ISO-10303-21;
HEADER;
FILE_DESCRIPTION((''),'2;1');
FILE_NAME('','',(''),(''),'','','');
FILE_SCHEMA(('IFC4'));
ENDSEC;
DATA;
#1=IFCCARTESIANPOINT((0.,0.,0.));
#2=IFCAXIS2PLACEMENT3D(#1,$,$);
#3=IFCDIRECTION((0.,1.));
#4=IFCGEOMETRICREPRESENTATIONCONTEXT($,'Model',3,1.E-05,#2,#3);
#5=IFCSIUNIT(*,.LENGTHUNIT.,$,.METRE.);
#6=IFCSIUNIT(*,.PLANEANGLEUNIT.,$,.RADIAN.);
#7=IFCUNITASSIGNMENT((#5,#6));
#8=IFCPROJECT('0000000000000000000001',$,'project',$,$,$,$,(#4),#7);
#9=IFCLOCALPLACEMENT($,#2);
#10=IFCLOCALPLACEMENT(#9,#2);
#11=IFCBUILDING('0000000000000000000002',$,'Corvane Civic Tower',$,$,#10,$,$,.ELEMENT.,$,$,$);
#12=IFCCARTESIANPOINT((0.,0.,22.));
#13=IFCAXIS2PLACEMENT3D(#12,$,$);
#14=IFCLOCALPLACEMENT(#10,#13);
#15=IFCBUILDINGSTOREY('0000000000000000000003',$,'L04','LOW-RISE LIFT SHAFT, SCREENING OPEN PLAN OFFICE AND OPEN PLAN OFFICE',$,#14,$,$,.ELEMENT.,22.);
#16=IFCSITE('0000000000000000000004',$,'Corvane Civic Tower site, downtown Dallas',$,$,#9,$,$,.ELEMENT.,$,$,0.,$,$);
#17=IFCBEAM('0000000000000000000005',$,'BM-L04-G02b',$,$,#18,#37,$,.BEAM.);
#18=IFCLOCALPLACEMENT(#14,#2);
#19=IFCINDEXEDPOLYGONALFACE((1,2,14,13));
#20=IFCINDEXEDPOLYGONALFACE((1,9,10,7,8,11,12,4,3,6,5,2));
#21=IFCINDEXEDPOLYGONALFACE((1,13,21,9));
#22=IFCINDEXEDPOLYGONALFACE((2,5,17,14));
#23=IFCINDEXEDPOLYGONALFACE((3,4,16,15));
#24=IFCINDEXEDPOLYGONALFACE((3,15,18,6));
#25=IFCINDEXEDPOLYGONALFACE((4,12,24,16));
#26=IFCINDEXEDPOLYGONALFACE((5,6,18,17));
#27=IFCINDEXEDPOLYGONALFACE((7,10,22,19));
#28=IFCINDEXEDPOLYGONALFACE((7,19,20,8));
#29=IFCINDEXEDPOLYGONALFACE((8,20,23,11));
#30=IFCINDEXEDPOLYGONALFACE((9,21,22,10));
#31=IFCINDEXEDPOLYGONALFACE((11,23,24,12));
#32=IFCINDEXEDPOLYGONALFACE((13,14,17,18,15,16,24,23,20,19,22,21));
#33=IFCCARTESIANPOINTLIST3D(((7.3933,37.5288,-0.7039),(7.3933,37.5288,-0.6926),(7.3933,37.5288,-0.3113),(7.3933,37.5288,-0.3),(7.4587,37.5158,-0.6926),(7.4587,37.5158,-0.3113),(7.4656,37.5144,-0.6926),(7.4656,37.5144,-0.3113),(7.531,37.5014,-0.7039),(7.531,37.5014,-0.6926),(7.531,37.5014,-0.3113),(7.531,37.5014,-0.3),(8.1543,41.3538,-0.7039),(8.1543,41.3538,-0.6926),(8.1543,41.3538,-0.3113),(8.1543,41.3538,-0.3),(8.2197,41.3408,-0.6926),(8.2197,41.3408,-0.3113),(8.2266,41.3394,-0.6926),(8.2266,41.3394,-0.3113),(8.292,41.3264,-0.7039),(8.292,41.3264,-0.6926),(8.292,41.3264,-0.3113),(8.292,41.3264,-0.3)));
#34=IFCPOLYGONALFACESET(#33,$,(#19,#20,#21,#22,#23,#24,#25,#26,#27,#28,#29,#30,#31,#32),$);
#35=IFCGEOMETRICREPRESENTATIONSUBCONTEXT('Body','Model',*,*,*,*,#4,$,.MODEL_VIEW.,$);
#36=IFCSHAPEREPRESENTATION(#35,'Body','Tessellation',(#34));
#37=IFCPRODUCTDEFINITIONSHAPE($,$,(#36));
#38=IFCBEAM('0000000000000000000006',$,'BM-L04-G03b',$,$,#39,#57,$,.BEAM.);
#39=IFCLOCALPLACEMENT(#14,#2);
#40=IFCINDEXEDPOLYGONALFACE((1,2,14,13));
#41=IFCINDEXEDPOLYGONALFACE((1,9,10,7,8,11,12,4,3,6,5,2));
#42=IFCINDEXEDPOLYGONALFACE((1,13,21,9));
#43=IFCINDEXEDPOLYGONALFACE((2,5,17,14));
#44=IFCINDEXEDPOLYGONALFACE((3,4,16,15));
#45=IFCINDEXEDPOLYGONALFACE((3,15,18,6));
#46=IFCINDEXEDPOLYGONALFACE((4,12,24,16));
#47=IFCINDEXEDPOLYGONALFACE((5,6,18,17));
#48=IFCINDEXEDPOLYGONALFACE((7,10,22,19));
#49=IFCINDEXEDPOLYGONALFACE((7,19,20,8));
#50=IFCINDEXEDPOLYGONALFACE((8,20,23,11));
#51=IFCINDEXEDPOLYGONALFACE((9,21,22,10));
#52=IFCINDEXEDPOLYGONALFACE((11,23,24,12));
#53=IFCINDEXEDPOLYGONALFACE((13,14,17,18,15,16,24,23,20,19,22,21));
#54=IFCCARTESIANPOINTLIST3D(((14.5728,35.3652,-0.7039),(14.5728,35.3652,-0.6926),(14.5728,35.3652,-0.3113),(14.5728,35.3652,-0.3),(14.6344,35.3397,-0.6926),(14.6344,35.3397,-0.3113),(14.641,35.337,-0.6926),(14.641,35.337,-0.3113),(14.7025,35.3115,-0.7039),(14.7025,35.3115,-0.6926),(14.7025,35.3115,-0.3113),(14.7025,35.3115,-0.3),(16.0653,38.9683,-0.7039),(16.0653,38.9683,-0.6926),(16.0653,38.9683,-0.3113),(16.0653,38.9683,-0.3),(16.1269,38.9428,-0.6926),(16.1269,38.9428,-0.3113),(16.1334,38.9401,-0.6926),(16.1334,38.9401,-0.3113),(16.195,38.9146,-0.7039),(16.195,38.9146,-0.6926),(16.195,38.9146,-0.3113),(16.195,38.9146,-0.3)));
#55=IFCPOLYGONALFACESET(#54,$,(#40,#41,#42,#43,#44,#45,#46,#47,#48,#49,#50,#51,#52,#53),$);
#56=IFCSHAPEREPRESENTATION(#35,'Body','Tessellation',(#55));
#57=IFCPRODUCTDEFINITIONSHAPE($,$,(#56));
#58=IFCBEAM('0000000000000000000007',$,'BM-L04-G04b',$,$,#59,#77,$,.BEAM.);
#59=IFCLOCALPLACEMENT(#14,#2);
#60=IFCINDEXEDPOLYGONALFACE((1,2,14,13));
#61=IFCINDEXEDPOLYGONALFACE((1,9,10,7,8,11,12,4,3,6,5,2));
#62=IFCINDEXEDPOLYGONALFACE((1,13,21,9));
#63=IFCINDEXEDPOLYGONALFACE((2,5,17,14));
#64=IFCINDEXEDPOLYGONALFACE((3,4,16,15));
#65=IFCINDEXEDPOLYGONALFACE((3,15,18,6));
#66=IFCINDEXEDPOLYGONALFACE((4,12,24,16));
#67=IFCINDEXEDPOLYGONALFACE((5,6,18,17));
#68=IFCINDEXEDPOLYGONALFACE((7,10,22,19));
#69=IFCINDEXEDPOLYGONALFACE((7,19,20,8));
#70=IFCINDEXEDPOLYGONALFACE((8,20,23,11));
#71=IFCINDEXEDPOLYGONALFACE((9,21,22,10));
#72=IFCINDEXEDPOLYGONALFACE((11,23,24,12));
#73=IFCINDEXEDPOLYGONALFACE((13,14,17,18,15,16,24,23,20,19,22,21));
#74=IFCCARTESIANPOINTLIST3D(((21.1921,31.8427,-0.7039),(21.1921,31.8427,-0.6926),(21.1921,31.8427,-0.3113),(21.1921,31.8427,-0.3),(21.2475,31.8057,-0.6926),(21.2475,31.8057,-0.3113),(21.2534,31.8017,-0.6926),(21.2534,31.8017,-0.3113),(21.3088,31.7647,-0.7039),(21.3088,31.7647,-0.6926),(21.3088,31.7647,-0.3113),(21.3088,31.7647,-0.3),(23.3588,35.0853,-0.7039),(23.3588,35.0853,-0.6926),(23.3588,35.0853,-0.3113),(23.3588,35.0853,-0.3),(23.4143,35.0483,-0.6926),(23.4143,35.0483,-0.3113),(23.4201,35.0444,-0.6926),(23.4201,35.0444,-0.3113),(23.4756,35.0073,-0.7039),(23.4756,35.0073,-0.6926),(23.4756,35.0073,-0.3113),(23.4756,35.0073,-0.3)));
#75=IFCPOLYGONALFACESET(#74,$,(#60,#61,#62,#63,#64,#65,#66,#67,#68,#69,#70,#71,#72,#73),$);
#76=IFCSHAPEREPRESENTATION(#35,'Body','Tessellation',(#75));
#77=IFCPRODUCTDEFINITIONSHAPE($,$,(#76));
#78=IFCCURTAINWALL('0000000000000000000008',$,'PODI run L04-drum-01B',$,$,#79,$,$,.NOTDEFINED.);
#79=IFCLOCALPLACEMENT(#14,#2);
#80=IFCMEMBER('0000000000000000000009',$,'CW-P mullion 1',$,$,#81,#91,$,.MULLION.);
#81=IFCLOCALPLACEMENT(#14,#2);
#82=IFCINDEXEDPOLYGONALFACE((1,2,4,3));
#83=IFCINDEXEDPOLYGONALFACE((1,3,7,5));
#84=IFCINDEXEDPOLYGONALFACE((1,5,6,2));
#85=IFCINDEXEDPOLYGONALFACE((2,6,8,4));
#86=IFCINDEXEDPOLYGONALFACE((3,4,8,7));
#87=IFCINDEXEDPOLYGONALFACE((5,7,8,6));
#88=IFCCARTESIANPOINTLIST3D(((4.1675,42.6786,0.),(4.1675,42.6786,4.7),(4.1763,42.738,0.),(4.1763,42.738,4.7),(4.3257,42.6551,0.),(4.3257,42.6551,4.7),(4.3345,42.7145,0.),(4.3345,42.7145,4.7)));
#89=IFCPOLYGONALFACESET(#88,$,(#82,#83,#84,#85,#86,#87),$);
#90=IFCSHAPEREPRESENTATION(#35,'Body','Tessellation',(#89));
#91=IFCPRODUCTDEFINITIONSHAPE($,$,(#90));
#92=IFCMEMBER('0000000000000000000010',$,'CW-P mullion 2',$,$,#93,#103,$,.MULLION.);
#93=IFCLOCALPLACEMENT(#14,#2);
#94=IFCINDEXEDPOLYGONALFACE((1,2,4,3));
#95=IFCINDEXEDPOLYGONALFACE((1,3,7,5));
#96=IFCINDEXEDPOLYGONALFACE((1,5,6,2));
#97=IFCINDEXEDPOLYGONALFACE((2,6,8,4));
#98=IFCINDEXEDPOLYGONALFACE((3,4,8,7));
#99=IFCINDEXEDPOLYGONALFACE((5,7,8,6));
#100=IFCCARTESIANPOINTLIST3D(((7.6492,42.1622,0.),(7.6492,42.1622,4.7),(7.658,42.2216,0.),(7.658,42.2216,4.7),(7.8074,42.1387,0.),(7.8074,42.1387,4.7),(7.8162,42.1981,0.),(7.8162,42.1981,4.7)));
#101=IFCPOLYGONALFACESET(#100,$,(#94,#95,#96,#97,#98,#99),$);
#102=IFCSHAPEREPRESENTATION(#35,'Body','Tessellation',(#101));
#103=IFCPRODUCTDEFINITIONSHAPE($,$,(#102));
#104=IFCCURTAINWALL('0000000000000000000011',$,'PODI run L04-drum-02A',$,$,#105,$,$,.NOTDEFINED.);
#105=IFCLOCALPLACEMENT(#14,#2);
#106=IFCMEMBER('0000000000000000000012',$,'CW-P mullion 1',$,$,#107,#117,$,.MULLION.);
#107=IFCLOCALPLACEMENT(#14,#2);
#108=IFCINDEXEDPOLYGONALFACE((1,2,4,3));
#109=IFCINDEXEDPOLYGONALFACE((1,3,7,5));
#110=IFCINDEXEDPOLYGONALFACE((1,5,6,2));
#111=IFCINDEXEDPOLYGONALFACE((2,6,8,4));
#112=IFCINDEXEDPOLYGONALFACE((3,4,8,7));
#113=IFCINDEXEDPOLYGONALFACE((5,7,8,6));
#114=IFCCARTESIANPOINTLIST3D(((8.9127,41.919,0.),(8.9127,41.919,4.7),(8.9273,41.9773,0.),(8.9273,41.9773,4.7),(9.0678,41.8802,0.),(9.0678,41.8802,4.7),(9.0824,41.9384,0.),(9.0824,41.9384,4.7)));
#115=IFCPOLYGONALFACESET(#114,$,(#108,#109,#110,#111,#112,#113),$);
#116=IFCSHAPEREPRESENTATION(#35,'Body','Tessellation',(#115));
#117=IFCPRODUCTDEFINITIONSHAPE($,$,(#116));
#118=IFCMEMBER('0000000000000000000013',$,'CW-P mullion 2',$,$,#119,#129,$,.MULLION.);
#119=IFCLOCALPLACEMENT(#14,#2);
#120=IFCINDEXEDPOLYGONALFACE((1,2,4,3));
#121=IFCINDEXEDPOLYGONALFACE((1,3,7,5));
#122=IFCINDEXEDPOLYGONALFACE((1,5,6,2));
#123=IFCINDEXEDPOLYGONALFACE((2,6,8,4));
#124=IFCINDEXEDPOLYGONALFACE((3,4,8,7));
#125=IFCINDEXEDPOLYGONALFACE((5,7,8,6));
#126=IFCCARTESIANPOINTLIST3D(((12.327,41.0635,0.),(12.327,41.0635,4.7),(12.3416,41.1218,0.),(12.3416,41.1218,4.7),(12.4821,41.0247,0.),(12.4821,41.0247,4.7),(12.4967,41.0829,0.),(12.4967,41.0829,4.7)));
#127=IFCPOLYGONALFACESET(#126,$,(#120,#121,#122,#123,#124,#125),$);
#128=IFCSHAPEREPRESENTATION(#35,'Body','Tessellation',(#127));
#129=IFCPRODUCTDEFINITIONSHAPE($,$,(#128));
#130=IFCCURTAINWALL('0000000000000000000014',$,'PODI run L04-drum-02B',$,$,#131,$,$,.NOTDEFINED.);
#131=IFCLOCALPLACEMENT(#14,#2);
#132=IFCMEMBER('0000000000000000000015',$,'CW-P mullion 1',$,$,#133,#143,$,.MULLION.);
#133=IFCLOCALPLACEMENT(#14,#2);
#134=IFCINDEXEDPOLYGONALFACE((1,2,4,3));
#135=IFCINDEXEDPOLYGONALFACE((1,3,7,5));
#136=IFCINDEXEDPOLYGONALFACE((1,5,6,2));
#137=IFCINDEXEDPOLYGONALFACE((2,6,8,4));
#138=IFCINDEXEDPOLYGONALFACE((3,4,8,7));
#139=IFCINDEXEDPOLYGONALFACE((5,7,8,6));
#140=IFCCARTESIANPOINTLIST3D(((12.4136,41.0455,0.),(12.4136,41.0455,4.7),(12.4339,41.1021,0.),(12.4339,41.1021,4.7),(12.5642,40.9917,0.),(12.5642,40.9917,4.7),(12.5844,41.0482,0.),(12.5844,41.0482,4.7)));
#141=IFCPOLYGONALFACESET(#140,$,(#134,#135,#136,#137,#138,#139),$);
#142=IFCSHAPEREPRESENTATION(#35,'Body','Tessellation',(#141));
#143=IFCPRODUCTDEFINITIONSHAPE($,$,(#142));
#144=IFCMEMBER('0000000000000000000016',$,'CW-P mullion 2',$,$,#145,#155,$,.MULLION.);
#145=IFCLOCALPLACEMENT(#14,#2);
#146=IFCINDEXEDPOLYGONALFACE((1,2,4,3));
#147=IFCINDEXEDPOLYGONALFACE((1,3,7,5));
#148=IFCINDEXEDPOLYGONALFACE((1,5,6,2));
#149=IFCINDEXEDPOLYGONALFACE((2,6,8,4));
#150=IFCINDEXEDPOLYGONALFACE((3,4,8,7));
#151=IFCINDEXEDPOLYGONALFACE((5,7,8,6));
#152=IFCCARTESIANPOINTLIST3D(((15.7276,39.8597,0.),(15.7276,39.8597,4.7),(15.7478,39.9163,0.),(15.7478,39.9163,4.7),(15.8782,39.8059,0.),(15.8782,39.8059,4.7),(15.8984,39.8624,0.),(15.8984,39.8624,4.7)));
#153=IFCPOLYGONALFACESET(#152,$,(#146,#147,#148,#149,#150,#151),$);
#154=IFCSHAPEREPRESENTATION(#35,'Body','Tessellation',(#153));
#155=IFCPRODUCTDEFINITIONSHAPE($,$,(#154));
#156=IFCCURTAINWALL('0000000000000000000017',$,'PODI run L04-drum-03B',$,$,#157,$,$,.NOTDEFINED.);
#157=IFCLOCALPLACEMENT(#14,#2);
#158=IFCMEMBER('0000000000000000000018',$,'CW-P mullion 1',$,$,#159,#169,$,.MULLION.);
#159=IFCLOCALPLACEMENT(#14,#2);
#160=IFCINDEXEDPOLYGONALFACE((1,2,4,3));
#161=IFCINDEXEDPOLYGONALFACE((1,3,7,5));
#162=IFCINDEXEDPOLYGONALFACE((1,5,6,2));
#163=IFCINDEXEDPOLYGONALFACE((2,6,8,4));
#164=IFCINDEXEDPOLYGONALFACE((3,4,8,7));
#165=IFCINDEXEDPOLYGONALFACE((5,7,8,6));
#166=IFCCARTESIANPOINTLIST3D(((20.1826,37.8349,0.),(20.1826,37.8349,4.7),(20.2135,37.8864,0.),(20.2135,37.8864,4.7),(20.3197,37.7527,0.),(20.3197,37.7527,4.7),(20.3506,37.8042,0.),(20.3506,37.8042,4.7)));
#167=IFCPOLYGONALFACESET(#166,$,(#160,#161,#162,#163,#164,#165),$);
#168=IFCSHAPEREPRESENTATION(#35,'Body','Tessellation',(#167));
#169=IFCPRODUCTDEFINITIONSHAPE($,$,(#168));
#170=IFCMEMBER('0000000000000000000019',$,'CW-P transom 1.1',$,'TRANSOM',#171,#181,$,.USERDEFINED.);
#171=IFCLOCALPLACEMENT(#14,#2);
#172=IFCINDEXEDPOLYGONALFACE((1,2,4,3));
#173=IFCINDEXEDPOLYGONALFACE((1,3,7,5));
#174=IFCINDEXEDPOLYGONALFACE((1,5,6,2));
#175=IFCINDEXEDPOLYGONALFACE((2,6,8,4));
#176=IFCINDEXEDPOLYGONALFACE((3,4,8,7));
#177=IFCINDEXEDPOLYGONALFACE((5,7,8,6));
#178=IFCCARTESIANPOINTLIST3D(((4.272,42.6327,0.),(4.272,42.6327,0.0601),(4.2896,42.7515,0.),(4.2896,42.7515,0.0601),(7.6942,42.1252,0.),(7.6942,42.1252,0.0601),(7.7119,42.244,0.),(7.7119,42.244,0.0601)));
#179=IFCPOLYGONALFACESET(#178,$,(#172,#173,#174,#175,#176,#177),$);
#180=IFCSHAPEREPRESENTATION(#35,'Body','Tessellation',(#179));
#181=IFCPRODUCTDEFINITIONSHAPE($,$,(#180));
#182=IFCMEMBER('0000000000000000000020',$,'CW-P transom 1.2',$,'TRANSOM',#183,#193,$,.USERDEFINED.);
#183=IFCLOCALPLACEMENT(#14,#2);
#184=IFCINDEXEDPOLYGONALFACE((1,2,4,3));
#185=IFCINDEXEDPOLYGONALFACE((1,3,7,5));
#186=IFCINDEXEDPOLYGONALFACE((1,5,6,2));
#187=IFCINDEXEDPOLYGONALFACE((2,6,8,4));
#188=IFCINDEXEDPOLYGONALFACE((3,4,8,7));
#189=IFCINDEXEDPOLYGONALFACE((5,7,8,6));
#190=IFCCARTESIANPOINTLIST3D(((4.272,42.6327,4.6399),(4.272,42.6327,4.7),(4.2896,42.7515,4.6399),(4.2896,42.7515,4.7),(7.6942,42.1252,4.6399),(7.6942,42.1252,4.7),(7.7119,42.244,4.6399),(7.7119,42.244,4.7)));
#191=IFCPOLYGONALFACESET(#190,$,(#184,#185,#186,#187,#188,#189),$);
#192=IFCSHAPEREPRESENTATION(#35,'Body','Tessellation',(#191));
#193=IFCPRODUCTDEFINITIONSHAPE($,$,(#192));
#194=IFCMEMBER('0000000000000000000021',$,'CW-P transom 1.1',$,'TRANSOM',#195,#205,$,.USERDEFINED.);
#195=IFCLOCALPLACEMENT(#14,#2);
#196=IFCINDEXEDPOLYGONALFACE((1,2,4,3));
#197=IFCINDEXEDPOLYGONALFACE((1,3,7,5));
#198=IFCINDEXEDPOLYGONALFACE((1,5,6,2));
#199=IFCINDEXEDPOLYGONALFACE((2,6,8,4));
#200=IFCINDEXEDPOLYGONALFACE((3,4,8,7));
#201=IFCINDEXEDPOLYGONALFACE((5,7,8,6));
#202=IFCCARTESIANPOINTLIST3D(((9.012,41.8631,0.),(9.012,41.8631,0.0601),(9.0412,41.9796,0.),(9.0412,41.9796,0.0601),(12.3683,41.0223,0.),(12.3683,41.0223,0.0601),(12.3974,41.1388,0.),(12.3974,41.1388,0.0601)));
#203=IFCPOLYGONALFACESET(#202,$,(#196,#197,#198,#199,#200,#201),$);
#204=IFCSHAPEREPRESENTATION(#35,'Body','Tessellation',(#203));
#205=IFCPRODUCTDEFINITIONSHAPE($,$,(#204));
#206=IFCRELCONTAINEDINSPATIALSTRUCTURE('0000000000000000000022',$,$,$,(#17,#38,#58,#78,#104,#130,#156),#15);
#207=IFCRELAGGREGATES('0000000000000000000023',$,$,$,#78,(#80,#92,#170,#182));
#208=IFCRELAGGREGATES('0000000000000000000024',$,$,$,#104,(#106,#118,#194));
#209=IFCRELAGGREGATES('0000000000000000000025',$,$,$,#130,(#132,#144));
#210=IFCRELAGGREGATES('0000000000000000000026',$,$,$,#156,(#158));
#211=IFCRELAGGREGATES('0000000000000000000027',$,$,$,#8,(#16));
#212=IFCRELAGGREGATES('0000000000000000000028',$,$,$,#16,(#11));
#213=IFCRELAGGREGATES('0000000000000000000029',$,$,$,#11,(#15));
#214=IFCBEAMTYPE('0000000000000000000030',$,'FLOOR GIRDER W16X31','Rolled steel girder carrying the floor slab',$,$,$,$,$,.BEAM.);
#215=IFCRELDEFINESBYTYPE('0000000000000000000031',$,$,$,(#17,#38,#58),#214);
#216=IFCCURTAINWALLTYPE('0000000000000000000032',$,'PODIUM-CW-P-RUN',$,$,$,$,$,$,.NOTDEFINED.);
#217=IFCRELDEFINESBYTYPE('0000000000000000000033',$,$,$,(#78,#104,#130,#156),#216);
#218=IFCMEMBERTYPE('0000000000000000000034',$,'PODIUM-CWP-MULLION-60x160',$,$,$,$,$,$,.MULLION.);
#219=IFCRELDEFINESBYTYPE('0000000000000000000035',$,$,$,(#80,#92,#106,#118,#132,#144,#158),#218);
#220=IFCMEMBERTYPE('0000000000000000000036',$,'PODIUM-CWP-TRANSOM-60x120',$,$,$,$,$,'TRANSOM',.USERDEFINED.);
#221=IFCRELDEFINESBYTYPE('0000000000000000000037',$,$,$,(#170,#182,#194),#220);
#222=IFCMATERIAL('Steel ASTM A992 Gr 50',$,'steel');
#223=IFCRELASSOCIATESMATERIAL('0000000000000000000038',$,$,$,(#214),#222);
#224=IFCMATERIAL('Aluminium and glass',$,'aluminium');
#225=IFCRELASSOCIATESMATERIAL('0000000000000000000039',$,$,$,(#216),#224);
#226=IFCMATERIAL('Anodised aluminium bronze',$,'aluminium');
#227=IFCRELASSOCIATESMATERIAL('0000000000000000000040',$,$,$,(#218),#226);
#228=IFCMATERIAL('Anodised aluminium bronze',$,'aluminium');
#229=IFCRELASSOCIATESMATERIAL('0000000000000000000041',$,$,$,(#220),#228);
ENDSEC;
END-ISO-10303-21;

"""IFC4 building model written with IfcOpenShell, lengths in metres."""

from ifc_helpers import new_model, si_unit, direction, frame, origin, origin_2d, place, context, subcontext, project, spatial, rectangle, i_section, extrude, material, material_profile, profile_set, type_object, element, aggregate, save


model = new_model("IFC4")

# Units and contexts
model_context = context("Model", 3, precision=1e-05, world=origin(), true_north=direction((0.0, 1.0)))
body_context = subcontext(model_context, "Body", "Model", "MODEL_VIEW")
ifc_project = project(units=[si_unit("LENGTHUNIT", "METRE"), si_unit("PLANEANGLEUNIT", "RADIAN")], contexts=[model_context])

# Site, building, storey
site_placement = place(None, origin())
site = spatial("IfcSite", under=ifc_project, at=site_placement, Name="Corvane Civic Tower site, downtown Dallas", CompositionType="ELEMENT", RefElevation=0.0)
building_placement = place(site_placement, origin())
building = spatial("IfcBuilding", under=site, at=building_placement, Name="Corvane Civic Tower", CompositionType="ELEMENT")
storey_placement = place(building_placement, frame((0.0, 0.0, 22.0)))
storey = spatial("IfcBuildingStorey", under=building, at=storey_placement, Name="L04", Description="LOW-RISE LIFT SHAFT, SCREENING OPEN PLAN OFFICE AND OPEN PLAN OFFICE", CompositionType="ELEMENT", Elevation=22.0)

# Beams
ifc_material_1 = material(Name="Steel ASTM A992 Gr 50", Category="steel")
ifc_material_profile_1 = material_profile(ifc_material_1, i_section(OverallWidth=0.1404, OverallDepth=0.4038, WebThickness=0.0071, FlangeThickness=0.0112, at=origin_2d()), Name="W16X31")
ifc_profile_set_1 = profile_set([ifc_material_profile_1], Name="Steel ASTM A992 Gr 50")
beam_type_1 = type_object("IfcBeamType", Name="FLOOR GIRDER W16X31", Description="Rolled steel girder carrying the floor slab", PredefinedType="BEAM", material=ifc_profile_set_1)
for number, where, z_axis, x_axis, name in (
    (1, (7.4622, 37.5151, -0.502), (0.195129, 0.980778, 0.0), (-0.980778, 0.195129, 0.0), "BM-L04-G02b"),
    (2, (14.6377, 35.3384, -0.502), (0.382685, 0.923879, 0.0), (-0.923879, 0.382685, 0.0), "BM-L04-G03b"),
    (3, (21.2505, 31.8037, -0.502), (0.555581, 0.831462, 0.0), (-0.831462, 0.555581, 0.0), "BM-L04-G04b"),
):
    element("IfcBeam", number, at=place(storey_placement, frame(where, z_axis=z_axis, x_axis=x_axis)), inside=storey, type_object=beam_type_1, Name=name, PredefinedType="BEAM", context=body_context, shape_type="SweptSolid", body=[
        extrude(i_section(OverallWidth=0.1404, OverallDepth=0.4038, WebThickness=0.0071, FlangeThickness=0.0112, at=origin_2d()), origin(), (0.0, 0.0, 1.0), 3.8999),
    ])

# Curtain walls, members
ifc_material_2 = material(Name="Aluminium and glass", Category="aluminium")
curtain_wall_type = type_object("IfcCurtainWallType", Name="PODIUM-CW-P-RUN", PredefinedType="NOTDEFINED", material=ifc_material_2)
curtain_wall_1_placement = place(storey_placement, origin())
curtain_wall_1 = element("IfcCurtainWall", 4, at=curtain_wall_1_placement, inside=storey, type_object=curtain_wall_type, Name="PODI run L04-drum-01B", PredefinedType="NOTDEFINED")
ifc_material_3 = material(Name="Anodised aluminium bronze", Category="aluminium")
ifc_material_profile_2 = material_profile(ifc_material_3, rectangle(XDim=0.0601, YDim=0.1599, at=origin_2d()), Name="AL 60x160")
ifc_profile_set_2 = profile_set([ifc_material_profile_2], Name="Anodised aluminium bronze")
member_type_1 = type_object("IfcMemberType", Name="PODIUM-CWP-MULLION-60x160", PredefinedType="MULLION", material=ifc_profile_set_2)
member_1_placement = place(storey_placement, frame((4.251, 42.6965, 0.0), z_axis=(0.0, 0.0, 1.0), x_axis=(0.146715, 0.989179, 0.0)))
member_1 = element("IfcMember", 5, at=member_1_placement, type_object=member_type_1, Name="CW-P mullion 1", PredefinedType="MULLION", context=body_context, shape_type="SweptSolid", body=[
    extrude(rectangle(XDim=0.0601, YDim=0.1599, at=origin_2d()), origin(), (0.0, 0.0, 1.0), 4.7),
])
member_2_placement = place(storey_placement, frame((7.7327, 42.1802, 0.0), z_axis=(0.0, 0.0, 1.0), x_axis=(0.146715, 0.989179, 0.0)))
member_2 = element("IfcMember", 6, at=member_2_placement, type_object=member_type_1, Name="CW-P mullion 2", PredefinedType="MULLION", context=body_context, shape_type="SweptSolid", body=[
    extrude(rectangle(XDim=0.0601, YDim=0.1599, at=origin_2d()), origin(), (0.0, 0.0, 1.0), 4.7),
])
curtain_wall_2_placement = place(storey_placement, origin())
curtain_wall_2 = element("IfcCurtainWall", 7, at=curtain_wall_2_placement, inside=storey, type_object=curtain_wall_type, Name="PODI run L04-drum-02A", PredefinedType="NOTDEFINED")
member_3_placement = place(storey_placement, frame((8.9976, 41.9287, 0.0), z_axis=(0.0, 0.0, 1.0), x_axis=(0.243009, 0.970024, 0.0)))
member_3 = element("IfcMember", 8, at=member_3_placement, type_object=member_type_1, Name="CW-P mullion 1", PredefinedType="MULLION", context=body_context, shape_type="SweptSolid", body=[
    extrude(rectangle(XDim=0.0601, YDim=0.1599, at=origin_2d()), origin(), (0.0, 0.0, 1.0), 4.7),
])
member_4_placement = place(storey_placement, frame((12.4119, 41.0732, 0.0), z_axis=(0.0, 0.0, 1.0), x_axis=(0.243009, 0.970024, 0.0)))
member_4 = element("IfcMember", 9, at=member_4_placement, type_object=member_type_1, Name="CW-P mullion 2", PredefinedType="MULLION", context=body_context, shape_type="SweptSolid", body=[
    extrude(rectangle(XDim=0.0601, YDim=0.1599, at=origin_2d()), origin(), (0.0, 0.0, 1.0), 4.7),
])
curtain_wall_3_placement = place(storey_placement, origin())
curtain_wall_3 = element("IfcCurtainWall", 10, at=curtain_wall_3_placement, inside=storey, type_object=curtain_wall_type, Name="PODI run L04-drum-02B", PredefinedType="NOTDEFINED")
member_5_placement = place(storey_placement, frame((12.499, 41.0469, 0.0), z_axis=(0.0, 0.0, 1.0), x_axis=(0.336919, 0.941534, 0.0)))
member_5 = element("IfcMember", 11, at=member_5_placement, type_object=member_type_1, Name="CW-P mullion 1", PredefinedType="MULLION", context=body_context, shape_type="SweptSolid", body=[
    extrude(rectangle(XDim=0.0601, YDim=0.1599, at=origin_2d()), origin(), (0.0, 0.0, 1.0), 4.7),
])
member_6_placement = place(storey_placement, frame((15.813, 39.8611, 0.0), z_axis=(0.0, 0.0, 1.0), x_axis=(0.336919, 0.941534, 0.0)))
member_6 = element("IfcMember", 12, at=member_6_placement, type_object=member_type_1, Name="CW-P mullion 2", PredefinedType="MULLION", context=body_context, shape_type="SweptSolid", body=[
    extrude(rectangle(XDim=0.0601, YDim=0.1599, at=origin_2d()), origin(), (0.0, 0.0, 1.0), 4.7),
])

# Curtain wall, member
curtain_wall_4_placement = place(storey_placement, origin())
curtain_wall_4 = element("IfcCurtainWall", 13, at=curtain_wall_4_placement, inside=storey, type_object=curtain_wall_type, Name="PODI run L04-drum-03B", PredefinedType="NOTDEFINED")
member_7_placement = place(storey_placement, frame((20.2666, 37.8196, 0.0), z_axis=(0.0, 0.0, 1.0), x_axis=(0.514118, 0.85772, 0.0)))
member_7 = element("IfcMember", 14, at=member_7_placement, type_object=member_type_1, Name="CW-P mullion 1", PredefinedType="MULLION", context=body_context, shape_type="SweptSolid", body=[
    extrude(rectangle(XDim=0.0601, YDim=0.1599, at=origin_2d()), origin(), (0.0, 0.0, 1.0), 4.7),
])

# Members
ifc_material_4 = material(Name="Anodised aluminium bronze", Category="aluminium")
ifc_material_profile_3 = material_profile(ifc_material_4, rectangle(XDim=0.1201, YDim=0.0601, at=origin_2d()), Name="AL 120x60")
ifc_profile_set_3 = profile_set([ifc_material_profile_3], Name="Anodised aluminium bronze")
member_type_2 = type_object("IfcMemberType", Name="PODIUM-CWP-TRANSOM-60x120", ElementType="TRANSOM", PredefinedType="USERDEFINED", material=ifc_profile_set_3)
member_8_placement = place(storey_placement, frame((4.2808, 42.6921, 0.03), z_axis=(0.98918, -0.146705, 0.0), x_axis=(0.146705, 0.98918, 0.0)))
member_8 = element("IfcMember", 15, at=member_8_placement, type_object=member_type_2, Name="CW-P transom 1.1", ObjectType="TRANSOM", PredefinedType="USERDEFINED", context=body_context, shape_type="SweptSolid", body=[
    extrude(rectangle(XDim=0.1201, YDim=0.0601, at=origin_2d()), origin(), (0.0, 0.0, 1.0), 3.4597),
])
member_9_placement = place(storey_placement, frame((4.2808, 42.6921, 4.6699), z_axis=(0.98918, -0.146705, 0.0), x_axis=(0.146705, 0.98918, 0.0)))
member_9 = element("IfcMember", 16, at=member_9_placement, type_object=member_type_2, Name="CW-P transom 1.2", ObjectType="TRANSOM", PredefinedType="USERDEFINED", context=body_context, shape_type="SweptSolid", body=[
    extrude(rectangle(XDim=0.1201, YDim=0.0601, at=origin_2d()), origin(), (0.0, 0.0, 1.0), 3.4597),
])
member_10_placement = place(storey_placement, frame((9.0266, 41.9214, 0.03), z_axis=(0.970022, -0.243017, 0.0), x_axis=(0.243017, 0.970022, 0.0)))
member_10 = element("IfcMember", 17, at=member_10_placement, type_object=member_type_2, Name="CW-P transom 1.1", ObjectType="TRANSOM", PredefinedType="USERDEFINED", context=body_context, shape_type="SweptSolid", body=[
    extrude(rectangle(XDim=0.1201, YDim=0.0601, at=origin_2d()), origin(), (0.0, 0.0, 1.0), 3.46),
])

aggregate(curtain_wall_1, [member_1, member_2, member_8, member_9])
aggregate(curtain_wall_2, [member_3, member_4, member_10])
aggregate(curtain_wall_3, [member_5, member_6])
aggregate(curtain_wall_4, [member_7])

save(model, "model.ifc")
